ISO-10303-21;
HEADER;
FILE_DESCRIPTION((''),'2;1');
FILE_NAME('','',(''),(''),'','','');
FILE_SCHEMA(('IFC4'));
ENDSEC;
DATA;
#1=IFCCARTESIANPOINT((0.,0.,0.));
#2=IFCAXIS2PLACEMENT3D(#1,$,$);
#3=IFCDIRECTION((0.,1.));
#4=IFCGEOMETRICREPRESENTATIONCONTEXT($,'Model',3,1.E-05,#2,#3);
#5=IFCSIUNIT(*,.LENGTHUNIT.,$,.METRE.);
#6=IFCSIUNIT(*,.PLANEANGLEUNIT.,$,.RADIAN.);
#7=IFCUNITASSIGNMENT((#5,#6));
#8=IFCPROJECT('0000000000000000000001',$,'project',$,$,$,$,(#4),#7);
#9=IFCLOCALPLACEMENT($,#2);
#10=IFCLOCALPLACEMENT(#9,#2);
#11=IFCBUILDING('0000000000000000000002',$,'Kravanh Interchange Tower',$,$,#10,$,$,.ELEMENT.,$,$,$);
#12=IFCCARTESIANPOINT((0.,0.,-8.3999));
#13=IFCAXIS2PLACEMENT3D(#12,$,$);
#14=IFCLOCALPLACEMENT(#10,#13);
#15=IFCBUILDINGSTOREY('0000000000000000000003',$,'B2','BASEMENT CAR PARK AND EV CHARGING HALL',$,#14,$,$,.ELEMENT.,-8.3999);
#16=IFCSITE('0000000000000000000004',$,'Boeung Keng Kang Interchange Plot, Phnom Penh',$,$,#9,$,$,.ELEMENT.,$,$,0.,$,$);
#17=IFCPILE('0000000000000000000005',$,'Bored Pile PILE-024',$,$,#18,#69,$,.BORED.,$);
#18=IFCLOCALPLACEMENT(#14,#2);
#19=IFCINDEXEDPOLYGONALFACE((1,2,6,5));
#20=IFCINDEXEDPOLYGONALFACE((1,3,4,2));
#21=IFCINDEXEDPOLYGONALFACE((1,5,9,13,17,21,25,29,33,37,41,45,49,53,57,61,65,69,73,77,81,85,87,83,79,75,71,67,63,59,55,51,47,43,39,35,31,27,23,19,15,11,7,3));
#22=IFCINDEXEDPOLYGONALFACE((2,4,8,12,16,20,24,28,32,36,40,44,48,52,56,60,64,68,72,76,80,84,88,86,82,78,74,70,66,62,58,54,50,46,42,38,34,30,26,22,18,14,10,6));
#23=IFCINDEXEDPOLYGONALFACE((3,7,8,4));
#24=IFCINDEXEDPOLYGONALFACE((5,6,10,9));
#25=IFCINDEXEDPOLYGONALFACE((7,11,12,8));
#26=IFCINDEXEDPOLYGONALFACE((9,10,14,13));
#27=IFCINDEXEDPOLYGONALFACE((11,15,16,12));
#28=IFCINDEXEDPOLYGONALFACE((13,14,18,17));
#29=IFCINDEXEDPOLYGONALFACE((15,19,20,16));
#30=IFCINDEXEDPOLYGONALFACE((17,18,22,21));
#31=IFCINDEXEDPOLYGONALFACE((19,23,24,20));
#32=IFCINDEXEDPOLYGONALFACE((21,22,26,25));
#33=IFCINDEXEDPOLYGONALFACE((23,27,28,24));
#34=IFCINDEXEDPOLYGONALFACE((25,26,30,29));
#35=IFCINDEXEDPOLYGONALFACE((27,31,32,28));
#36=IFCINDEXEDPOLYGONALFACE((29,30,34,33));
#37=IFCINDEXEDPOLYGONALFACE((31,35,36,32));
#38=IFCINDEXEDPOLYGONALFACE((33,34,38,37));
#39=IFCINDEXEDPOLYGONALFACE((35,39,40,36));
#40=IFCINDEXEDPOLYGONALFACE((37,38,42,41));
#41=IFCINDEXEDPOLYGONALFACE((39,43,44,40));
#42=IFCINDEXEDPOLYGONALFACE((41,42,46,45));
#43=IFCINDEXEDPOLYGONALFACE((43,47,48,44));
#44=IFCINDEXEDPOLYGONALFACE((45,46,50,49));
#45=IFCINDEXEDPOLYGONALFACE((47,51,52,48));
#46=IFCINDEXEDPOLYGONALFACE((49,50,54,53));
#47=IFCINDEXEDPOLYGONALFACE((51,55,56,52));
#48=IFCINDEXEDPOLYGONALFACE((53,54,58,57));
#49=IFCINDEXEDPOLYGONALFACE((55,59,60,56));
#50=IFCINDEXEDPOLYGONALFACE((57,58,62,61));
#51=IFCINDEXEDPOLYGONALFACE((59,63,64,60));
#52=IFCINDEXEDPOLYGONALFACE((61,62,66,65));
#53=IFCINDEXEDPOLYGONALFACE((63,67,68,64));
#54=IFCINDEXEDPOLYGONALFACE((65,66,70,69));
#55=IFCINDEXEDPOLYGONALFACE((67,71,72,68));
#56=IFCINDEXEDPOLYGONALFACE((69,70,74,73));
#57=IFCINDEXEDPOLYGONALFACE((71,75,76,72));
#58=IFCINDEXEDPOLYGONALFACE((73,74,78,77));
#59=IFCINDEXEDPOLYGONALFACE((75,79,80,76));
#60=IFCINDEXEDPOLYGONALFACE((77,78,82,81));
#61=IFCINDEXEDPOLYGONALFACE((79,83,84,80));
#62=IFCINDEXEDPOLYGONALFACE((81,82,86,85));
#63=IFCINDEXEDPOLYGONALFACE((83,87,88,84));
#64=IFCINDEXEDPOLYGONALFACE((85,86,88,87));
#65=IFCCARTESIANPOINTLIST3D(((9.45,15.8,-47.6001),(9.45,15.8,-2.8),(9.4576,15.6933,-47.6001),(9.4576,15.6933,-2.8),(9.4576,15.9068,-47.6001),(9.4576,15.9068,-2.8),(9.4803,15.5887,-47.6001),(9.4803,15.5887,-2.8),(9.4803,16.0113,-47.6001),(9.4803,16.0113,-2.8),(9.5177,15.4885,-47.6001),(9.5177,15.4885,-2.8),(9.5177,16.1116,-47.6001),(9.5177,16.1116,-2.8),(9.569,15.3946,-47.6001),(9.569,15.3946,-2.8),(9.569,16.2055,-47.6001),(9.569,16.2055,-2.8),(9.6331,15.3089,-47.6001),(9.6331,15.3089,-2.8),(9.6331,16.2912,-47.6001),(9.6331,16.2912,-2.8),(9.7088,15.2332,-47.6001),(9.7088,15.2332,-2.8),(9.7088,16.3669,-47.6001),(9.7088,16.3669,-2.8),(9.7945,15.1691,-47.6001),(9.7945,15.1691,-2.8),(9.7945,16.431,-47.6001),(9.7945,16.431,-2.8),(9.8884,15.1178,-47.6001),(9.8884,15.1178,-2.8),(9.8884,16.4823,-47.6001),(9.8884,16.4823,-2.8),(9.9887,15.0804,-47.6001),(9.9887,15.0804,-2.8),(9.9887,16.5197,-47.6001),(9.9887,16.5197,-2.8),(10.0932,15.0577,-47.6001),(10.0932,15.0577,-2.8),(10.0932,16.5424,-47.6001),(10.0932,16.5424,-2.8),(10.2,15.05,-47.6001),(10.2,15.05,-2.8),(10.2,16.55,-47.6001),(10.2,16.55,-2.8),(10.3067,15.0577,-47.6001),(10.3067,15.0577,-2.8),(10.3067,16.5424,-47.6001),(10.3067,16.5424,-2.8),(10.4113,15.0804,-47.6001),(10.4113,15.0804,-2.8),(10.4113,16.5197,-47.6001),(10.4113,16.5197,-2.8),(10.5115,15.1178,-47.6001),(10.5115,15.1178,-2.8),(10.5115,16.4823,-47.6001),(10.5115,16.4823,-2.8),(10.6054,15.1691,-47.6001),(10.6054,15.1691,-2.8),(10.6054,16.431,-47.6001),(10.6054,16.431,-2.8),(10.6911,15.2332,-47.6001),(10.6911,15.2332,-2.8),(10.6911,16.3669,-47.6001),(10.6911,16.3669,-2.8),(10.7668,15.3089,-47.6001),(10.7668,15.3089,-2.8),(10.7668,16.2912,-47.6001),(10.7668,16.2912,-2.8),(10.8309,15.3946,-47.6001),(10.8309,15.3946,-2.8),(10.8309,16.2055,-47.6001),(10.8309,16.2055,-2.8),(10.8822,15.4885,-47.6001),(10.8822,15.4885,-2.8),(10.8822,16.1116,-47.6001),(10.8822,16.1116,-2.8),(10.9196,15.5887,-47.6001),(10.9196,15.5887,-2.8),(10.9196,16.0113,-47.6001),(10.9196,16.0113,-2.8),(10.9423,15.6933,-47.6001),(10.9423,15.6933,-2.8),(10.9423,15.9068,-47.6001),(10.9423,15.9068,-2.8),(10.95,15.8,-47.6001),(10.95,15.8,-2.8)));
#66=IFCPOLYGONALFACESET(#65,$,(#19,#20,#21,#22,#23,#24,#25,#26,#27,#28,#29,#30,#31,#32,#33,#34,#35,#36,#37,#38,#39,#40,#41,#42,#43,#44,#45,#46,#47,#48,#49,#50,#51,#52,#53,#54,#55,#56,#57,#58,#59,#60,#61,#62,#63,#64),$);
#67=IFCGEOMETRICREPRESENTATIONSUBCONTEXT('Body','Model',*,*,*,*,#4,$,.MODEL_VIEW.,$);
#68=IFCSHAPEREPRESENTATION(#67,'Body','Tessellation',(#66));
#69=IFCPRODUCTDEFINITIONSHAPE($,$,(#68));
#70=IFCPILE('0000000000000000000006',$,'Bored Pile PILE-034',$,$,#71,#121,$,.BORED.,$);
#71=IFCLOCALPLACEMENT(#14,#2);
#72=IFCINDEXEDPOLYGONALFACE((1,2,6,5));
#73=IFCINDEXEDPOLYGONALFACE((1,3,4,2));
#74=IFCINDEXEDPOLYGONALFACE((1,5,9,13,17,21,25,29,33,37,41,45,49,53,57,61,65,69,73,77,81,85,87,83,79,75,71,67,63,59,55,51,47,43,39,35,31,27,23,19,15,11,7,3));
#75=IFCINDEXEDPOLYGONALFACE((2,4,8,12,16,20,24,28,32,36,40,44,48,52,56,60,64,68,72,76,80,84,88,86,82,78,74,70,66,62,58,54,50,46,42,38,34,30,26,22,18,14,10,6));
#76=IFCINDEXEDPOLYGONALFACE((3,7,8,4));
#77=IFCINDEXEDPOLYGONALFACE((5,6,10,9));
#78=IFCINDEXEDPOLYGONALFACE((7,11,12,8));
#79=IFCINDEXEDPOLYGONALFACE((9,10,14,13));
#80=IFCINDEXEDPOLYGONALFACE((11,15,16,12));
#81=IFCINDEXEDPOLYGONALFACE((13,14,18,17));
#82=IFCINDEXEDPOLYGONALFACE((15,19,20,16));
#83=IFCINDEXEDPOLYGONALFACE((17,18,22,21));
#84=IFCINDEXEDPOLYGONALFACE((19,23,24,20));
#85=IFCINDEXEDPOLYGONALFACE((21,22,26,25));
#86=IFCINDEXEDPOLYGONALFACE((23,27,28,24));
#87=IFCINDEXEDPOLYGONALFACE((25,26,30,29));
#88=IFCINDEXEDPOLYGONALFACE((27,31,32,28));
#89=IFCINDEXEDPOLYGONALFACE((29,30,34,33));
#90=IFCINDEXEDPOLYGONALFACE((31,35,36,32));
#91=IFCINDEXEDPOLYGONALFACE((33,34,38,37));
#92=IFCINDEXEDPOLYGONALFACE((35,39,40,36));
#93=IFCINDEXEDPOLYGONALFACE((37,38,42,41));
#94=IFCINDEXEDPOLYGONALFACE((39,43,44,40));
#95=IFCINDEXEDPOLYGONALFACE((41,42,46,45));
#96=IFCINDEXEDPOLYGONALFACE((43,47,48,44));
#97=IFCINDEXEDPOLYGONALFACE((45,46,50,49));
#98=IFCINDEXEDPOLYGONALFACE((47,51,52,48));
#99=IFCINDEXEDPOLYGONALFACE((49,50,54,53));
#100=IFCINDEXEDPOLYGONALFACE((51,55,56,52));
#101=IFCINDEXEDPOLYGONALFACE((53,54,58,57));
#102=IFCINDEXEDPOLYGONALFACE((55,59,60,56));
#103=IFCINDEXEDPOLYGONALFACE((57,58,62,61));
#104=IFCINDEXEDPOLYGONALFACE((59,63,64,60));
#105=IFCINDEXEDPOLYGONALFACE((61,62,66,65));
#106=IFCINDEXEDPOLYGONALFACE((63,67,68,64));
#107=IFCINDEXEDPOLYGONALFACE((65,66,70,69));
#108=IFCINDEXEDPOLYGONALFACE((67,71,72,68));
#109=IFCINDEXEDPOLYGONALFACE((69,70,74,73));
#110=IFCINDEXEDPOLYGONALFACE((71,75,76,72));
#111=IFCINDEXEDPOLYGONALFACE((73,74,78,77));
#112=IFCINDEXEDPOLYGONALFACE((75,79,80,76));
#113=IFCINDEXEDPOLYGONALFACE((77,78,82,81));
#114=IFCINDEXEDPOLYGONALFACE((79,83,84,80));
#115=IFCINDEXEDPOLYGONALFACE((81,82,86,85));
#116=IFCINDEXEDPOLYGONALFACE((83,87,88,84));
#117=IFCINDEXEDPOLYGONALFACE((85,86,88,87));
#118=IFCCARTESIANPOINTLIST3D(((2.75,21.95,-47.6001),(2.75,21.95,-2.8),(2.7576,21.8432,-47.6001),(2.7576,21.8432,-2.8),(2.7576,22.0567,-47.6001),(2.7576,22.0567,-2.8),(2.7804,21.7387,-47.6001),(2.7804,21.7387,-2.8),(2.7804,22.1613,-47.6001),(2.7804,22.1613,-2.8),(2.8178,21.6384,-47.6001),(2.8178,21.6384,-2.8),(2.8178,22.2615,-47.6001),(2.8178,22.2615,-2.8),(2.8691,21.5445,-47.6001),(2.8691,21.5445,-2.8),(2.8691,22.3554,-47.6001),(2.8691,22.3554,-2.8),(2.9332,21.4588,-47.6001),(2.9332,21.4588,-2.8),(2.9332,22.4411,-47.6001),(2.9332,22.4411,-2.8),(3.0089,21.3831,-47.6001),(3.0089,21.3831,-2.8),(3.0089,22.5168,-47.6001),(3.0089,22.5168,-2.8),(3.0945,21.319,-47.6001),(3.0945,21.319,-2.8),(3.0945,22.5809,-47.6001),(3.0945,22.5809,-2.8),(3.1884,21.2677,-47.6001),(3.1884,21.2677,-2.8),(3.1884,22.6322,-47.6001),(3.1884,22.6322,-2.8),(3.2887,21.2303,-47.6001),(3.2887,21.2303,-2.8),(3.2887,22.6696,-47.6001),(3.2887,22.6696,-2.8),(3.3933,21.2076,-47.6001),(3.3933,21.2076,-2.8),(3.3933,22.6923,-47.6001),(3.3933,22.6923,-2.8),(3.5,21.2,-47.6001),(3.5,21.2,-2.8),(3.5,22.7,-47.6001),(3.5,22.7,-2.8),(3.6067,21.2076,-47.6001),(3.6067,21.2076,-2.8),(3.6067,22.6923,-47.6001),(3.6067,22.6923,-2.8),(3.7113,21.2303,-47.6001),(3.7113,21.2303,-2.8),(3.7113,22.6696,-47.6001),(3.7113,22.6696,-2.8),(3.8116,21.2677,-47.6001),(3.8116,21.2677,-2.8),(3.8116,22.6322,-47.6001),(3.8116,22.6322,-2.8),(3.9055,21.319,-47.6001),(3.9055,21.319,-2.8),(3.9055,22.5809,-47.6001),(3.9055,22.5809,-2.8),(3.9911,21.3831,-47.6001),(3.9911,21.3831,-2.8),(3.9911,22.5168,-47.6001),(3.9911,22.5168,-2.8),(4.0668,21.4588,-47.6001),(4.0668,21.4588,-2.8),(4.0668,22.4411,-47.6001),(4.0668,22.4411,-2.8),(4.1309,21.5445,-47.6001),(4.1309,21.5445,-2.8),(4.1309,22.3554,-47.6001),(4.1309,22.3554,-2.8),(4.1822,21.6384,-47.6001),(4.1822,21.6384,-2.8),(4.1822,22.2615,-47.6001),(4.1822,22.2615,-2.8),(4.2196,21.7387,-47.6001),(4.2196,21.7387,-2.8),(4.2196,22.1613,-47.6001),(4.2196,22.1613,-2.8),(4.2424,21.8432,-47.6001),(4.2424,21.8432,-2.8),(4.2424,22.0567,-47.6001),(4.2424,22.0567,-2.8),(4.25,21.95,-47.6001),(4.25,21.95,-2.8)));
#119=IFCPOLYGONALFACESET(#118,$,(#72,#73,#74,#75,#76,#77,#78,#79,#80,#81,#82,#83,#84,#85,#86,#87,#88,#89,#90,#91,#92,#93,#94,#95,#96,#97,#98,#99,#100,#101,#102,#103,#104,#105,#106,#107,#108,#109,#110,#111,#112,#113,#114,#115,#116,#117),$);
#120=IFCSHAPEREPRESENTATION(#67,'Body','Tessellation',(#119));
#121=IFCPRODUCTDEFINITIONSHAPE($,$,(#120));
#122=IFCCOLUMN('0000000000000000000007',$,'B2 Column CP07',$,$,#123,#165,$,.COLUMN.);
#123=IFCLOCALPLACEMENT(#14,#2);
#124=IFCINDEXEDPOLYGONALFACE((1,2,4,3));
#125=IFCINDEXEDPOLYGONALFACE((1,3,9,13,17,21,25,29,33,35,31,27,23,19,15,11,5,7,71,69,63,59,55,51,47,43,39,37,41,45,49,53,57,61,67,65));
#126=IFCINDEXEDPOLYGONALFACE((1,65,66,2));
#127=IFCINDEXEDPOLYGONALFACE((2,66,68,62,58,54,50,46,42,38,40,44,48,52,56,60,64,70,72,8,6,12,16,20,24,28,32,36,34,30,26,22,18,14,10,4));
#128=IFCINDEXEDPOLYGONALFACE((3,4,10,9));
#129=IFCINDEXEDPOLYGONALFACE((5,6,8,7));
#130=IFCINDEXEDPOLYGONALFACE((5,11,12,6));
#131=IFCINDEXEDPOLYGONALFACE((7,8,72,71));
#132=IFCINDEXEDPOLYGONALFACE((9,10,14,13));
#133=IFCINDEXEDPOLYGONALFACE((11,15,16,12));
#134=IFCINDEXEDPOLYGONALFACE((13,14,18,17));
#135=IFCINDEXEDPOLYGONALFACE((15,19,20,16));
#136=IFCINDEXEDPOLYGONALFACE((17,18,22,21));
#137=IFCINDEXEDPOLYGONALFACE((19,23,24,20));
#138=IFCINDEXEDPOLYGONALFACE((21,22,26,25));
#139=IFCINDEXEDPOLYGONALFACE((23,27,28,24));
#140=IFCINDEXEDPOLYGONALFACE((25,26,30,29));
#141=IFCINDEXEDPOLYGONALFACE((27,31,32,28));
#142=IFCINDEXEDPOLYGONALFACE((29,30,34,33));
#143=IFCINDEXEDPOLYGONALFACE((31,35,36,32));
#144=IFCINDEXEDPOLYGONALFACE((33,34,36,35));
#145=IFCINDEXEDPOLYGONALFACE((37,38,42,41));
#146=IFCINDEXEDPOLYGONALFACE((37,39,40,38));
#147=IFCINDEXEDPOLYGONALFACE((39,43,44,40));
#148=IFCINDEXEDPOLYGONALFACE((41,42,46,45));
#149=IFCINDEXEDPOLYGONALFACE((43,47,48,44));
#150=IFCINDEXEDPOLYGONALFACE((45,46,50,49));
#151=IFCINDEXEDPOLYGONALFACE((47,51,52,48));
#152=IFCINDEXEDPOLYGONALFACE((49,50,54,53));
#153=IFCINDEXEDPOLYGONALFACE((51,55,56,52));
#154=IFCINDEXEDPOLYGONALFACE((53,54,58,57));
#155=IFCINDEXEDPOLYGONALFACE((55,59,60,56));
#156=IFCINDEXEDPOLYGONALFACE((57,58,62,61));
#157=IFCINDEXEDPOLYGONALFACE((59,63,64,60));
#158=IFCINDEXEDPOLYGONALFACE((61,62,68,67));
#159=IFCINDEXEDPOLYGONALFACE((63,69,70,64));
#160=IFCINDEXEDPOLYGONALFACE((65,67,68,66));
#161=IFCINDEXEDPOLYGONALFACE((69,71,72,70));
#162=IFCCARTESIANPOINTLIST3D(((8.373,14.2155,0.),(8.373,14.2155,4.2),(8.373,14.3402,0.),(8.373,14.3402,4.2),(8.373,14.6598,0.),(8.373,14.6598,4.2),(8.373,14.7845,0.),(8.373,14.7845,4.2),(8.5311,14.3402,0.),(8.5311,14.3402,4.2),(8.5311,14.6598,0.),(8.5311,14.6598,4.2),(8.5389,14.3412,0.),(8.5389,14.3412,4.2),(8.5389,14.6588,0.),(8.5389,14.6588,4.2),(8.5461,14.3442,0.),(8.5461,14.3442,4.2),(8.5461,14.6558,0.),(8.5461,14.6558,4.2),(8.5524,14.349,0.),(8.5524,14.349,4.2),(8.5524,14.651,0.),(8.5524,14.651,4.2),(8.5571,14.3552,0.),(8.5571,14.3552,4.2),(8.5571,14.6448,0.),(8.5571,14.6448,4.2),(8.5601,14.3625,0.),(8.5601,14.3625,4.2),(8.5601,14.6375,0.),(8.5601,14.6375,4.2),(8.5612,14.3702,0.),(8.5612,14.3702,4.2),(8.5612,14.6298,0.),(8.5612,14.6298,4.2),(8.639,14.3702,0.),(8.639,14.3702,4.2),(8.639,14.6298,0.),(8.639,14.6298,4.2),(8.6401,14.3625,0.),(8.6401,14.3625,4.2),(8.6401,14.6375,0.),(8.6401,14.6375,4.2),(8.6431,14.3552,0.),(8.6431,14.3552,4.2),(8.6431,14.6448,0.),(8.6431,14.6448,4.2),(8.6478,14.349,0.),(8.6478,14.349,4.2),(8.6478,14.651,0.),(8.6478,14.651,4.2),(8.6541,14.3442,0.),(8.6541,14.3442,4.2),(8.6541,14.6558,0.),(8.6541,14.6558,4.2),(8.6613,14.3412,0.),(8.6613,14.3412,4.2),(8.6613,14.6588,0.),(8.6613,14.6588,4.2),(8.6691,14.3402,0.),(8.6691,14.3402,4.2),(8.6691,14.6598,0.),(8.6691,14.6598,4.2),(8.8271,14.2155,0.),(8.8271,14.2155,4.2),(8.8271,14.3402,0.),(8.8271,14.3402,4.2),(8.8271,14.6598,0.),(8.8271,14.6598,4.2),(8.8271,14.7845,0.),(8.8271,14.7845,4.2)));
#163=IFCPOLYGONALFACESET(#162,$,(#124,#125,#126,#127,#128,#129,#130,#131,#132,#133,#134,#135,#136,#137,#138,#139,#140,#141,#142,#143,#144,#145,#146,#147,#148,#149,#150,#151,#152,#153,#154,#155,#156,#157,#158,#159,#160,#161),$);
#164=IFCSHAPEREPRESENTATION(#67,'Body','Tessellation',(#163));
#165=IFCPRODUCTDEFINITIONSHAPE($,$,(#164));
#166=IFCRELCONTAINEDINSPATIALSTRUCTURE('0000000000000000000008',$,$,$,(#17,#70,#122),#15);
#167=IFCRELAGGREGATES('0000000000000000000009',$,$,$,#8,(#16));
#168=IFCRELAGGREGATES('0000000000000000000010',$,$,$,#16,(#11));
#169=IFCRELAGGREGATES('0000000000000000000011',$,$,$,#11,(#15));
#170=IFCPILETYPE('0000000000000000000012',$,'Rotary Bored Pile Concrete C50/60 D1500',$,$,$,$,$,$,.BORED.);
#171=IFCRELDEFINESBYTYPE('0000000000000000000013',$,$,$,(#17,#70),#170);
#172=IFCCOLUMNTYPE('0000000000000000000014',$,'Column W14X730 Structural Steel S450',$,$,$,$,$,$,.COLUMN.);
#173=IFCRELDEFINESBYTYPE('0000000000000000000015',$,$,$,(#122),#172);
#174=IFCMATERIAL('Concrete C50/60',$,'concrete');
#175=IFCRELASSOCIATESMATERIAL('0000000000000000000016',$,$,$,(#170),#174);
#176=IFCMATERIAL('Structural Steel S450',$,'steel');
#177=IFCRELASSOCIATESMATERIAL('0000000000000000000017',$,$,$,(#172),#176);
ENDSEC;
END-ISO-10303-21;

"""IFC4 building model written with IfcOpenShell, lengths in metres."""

from ifc_helpers import new_model, si_unit, direction, frame, origin, origin_2d, place, context, subcontext, project, spatial, circle, i_section, extrude, material, material_profile, profile_set, type_object, element, save


model = new_model("IFC4")

# Units and contexts
model_context = context("Model", 3, precision=1e-05, world=origin(), true_north=direction((0.0, 1.0)))
body_context = subcontext(model_context, "Body", "Model", "MODEL_VIEW")
ifc_project = project(units=[si_unit("LENGTHUNIT", "METRE"), si_unit("PLANEANGLEUNIT", "RADIAN")], contexts=[model_context])

# Site, building, storey
site_placement = place(None, origin())
site = spatial("IfcSite", under=ifc_project, at=site_placement, Name="Boeung Keng Kang Interchange Plot, Phnom Penh", CompositionType="ELEMENT", RefElevation=0.0)
building_placement = place(site_placement, origin())
building = spatial("IfcBuilding", under=site, at=building_placement, Name="Kravanh Interchange Tower", CompositionType="ELEMENT")
storey_placement = place(building_placement, frame((0.0, 0.0, -8.3999)))
storey = spatial("IfcBuildingStorey", under=building, at=storey_placement, Name="B2", Description="BASEMENT CAR PARK AND EV CHARGING HALL", CompositionType="ELEMENT", Elevation=-8.3999)

# Piles
ifc_material_1 = material(Name="Concrete C50/60", Category="concrete")
ifc_material_profile_1 = material_profile(ifc_material_1, circle(Radius=0.75, at=origin_2d()), Name="PILE-D1500")
ifc_profile_set_1 = profile_set([ifc_material_profile_1], Name="Concrete C50/60")
pile_type = type_object("IfcPileType", Name="Rotary Bored Pile Concrete C50/60 D1500", PredefinedType="BORED", material=ifc_profile_set_1)
for number, where, z_axis, x_axis, name in (
    (1, (10.2, 15.8, -2.8), (0.0, 0.0, -1.0), (1.0, 0.0, 0.0), "Bored Pile PILE-024"),
    (2, (3.5, 21.95, -2.8), (0.0, 0.0, -1.0), (1.0, 0.0, 0.0), "Bored Pile PILE-034"),
):
    element("IfcPile", number, at=place(storey_placement, frame(where, z_axis=z_axis, x_axis=x_axis)), inside=storey, type_object=pile_type, Name=name, PredefinedType="BORED", context=body_context, shape_type="SweptSolid", body=[
        extrude(circle(Radius=0.75, at=origin_2d()), origin(), (0.0, 0.0, 1.0), 44.8),
    ])

# Column
ifc_material_2 = material(Name="Structural Steel S450", Category="steel")
ifc_material_profile_2 = material_profile(ifc_material_2, i_section(OverallWidth=0.4541, OverallDepth=0.5691, WebThickness=0.0779, FlangeThickness=0.1248, FilletRadius=0.03, at=origin_2d()), Name="W14X730")
ifc_profile_set_2 = profile_set([ifc_material_profile_2], Name="Structural Steel S450")
column_type = type_object("IfcColumnType", Name="Column W14X730 Structural Steel S450", PredefinedType="COLUMN", material=ifc_profile_set_2)
for number, where, z_axis, x_axis, name in (
    (3, (8.6001, 14.5, 0.0), (0.0, 0.0, 1.0), (1.0, 0.0, 0.0), "B2 Column CP07"),
):
    element("IfcColumn", number, at=place(storey_placement, frame(where, z_axis=z_axis, x_axis=x_axis)), inside=storey, type_object=column_type, Name=name, PredefinedType="COLUMN", context=body_context, shape_type="SweptSolid", body=[
        extrude(i_section(OverallWidth=0.4541, OverallDepth=0.5691, WebThickness=0.0779, FlangeThickness=0.1248, FilletRadius=0.03, at=origin_2d()), origin(), (0.0, 0.0, 1.0), 4.2),
    ])

save(model, "model.ifc")
